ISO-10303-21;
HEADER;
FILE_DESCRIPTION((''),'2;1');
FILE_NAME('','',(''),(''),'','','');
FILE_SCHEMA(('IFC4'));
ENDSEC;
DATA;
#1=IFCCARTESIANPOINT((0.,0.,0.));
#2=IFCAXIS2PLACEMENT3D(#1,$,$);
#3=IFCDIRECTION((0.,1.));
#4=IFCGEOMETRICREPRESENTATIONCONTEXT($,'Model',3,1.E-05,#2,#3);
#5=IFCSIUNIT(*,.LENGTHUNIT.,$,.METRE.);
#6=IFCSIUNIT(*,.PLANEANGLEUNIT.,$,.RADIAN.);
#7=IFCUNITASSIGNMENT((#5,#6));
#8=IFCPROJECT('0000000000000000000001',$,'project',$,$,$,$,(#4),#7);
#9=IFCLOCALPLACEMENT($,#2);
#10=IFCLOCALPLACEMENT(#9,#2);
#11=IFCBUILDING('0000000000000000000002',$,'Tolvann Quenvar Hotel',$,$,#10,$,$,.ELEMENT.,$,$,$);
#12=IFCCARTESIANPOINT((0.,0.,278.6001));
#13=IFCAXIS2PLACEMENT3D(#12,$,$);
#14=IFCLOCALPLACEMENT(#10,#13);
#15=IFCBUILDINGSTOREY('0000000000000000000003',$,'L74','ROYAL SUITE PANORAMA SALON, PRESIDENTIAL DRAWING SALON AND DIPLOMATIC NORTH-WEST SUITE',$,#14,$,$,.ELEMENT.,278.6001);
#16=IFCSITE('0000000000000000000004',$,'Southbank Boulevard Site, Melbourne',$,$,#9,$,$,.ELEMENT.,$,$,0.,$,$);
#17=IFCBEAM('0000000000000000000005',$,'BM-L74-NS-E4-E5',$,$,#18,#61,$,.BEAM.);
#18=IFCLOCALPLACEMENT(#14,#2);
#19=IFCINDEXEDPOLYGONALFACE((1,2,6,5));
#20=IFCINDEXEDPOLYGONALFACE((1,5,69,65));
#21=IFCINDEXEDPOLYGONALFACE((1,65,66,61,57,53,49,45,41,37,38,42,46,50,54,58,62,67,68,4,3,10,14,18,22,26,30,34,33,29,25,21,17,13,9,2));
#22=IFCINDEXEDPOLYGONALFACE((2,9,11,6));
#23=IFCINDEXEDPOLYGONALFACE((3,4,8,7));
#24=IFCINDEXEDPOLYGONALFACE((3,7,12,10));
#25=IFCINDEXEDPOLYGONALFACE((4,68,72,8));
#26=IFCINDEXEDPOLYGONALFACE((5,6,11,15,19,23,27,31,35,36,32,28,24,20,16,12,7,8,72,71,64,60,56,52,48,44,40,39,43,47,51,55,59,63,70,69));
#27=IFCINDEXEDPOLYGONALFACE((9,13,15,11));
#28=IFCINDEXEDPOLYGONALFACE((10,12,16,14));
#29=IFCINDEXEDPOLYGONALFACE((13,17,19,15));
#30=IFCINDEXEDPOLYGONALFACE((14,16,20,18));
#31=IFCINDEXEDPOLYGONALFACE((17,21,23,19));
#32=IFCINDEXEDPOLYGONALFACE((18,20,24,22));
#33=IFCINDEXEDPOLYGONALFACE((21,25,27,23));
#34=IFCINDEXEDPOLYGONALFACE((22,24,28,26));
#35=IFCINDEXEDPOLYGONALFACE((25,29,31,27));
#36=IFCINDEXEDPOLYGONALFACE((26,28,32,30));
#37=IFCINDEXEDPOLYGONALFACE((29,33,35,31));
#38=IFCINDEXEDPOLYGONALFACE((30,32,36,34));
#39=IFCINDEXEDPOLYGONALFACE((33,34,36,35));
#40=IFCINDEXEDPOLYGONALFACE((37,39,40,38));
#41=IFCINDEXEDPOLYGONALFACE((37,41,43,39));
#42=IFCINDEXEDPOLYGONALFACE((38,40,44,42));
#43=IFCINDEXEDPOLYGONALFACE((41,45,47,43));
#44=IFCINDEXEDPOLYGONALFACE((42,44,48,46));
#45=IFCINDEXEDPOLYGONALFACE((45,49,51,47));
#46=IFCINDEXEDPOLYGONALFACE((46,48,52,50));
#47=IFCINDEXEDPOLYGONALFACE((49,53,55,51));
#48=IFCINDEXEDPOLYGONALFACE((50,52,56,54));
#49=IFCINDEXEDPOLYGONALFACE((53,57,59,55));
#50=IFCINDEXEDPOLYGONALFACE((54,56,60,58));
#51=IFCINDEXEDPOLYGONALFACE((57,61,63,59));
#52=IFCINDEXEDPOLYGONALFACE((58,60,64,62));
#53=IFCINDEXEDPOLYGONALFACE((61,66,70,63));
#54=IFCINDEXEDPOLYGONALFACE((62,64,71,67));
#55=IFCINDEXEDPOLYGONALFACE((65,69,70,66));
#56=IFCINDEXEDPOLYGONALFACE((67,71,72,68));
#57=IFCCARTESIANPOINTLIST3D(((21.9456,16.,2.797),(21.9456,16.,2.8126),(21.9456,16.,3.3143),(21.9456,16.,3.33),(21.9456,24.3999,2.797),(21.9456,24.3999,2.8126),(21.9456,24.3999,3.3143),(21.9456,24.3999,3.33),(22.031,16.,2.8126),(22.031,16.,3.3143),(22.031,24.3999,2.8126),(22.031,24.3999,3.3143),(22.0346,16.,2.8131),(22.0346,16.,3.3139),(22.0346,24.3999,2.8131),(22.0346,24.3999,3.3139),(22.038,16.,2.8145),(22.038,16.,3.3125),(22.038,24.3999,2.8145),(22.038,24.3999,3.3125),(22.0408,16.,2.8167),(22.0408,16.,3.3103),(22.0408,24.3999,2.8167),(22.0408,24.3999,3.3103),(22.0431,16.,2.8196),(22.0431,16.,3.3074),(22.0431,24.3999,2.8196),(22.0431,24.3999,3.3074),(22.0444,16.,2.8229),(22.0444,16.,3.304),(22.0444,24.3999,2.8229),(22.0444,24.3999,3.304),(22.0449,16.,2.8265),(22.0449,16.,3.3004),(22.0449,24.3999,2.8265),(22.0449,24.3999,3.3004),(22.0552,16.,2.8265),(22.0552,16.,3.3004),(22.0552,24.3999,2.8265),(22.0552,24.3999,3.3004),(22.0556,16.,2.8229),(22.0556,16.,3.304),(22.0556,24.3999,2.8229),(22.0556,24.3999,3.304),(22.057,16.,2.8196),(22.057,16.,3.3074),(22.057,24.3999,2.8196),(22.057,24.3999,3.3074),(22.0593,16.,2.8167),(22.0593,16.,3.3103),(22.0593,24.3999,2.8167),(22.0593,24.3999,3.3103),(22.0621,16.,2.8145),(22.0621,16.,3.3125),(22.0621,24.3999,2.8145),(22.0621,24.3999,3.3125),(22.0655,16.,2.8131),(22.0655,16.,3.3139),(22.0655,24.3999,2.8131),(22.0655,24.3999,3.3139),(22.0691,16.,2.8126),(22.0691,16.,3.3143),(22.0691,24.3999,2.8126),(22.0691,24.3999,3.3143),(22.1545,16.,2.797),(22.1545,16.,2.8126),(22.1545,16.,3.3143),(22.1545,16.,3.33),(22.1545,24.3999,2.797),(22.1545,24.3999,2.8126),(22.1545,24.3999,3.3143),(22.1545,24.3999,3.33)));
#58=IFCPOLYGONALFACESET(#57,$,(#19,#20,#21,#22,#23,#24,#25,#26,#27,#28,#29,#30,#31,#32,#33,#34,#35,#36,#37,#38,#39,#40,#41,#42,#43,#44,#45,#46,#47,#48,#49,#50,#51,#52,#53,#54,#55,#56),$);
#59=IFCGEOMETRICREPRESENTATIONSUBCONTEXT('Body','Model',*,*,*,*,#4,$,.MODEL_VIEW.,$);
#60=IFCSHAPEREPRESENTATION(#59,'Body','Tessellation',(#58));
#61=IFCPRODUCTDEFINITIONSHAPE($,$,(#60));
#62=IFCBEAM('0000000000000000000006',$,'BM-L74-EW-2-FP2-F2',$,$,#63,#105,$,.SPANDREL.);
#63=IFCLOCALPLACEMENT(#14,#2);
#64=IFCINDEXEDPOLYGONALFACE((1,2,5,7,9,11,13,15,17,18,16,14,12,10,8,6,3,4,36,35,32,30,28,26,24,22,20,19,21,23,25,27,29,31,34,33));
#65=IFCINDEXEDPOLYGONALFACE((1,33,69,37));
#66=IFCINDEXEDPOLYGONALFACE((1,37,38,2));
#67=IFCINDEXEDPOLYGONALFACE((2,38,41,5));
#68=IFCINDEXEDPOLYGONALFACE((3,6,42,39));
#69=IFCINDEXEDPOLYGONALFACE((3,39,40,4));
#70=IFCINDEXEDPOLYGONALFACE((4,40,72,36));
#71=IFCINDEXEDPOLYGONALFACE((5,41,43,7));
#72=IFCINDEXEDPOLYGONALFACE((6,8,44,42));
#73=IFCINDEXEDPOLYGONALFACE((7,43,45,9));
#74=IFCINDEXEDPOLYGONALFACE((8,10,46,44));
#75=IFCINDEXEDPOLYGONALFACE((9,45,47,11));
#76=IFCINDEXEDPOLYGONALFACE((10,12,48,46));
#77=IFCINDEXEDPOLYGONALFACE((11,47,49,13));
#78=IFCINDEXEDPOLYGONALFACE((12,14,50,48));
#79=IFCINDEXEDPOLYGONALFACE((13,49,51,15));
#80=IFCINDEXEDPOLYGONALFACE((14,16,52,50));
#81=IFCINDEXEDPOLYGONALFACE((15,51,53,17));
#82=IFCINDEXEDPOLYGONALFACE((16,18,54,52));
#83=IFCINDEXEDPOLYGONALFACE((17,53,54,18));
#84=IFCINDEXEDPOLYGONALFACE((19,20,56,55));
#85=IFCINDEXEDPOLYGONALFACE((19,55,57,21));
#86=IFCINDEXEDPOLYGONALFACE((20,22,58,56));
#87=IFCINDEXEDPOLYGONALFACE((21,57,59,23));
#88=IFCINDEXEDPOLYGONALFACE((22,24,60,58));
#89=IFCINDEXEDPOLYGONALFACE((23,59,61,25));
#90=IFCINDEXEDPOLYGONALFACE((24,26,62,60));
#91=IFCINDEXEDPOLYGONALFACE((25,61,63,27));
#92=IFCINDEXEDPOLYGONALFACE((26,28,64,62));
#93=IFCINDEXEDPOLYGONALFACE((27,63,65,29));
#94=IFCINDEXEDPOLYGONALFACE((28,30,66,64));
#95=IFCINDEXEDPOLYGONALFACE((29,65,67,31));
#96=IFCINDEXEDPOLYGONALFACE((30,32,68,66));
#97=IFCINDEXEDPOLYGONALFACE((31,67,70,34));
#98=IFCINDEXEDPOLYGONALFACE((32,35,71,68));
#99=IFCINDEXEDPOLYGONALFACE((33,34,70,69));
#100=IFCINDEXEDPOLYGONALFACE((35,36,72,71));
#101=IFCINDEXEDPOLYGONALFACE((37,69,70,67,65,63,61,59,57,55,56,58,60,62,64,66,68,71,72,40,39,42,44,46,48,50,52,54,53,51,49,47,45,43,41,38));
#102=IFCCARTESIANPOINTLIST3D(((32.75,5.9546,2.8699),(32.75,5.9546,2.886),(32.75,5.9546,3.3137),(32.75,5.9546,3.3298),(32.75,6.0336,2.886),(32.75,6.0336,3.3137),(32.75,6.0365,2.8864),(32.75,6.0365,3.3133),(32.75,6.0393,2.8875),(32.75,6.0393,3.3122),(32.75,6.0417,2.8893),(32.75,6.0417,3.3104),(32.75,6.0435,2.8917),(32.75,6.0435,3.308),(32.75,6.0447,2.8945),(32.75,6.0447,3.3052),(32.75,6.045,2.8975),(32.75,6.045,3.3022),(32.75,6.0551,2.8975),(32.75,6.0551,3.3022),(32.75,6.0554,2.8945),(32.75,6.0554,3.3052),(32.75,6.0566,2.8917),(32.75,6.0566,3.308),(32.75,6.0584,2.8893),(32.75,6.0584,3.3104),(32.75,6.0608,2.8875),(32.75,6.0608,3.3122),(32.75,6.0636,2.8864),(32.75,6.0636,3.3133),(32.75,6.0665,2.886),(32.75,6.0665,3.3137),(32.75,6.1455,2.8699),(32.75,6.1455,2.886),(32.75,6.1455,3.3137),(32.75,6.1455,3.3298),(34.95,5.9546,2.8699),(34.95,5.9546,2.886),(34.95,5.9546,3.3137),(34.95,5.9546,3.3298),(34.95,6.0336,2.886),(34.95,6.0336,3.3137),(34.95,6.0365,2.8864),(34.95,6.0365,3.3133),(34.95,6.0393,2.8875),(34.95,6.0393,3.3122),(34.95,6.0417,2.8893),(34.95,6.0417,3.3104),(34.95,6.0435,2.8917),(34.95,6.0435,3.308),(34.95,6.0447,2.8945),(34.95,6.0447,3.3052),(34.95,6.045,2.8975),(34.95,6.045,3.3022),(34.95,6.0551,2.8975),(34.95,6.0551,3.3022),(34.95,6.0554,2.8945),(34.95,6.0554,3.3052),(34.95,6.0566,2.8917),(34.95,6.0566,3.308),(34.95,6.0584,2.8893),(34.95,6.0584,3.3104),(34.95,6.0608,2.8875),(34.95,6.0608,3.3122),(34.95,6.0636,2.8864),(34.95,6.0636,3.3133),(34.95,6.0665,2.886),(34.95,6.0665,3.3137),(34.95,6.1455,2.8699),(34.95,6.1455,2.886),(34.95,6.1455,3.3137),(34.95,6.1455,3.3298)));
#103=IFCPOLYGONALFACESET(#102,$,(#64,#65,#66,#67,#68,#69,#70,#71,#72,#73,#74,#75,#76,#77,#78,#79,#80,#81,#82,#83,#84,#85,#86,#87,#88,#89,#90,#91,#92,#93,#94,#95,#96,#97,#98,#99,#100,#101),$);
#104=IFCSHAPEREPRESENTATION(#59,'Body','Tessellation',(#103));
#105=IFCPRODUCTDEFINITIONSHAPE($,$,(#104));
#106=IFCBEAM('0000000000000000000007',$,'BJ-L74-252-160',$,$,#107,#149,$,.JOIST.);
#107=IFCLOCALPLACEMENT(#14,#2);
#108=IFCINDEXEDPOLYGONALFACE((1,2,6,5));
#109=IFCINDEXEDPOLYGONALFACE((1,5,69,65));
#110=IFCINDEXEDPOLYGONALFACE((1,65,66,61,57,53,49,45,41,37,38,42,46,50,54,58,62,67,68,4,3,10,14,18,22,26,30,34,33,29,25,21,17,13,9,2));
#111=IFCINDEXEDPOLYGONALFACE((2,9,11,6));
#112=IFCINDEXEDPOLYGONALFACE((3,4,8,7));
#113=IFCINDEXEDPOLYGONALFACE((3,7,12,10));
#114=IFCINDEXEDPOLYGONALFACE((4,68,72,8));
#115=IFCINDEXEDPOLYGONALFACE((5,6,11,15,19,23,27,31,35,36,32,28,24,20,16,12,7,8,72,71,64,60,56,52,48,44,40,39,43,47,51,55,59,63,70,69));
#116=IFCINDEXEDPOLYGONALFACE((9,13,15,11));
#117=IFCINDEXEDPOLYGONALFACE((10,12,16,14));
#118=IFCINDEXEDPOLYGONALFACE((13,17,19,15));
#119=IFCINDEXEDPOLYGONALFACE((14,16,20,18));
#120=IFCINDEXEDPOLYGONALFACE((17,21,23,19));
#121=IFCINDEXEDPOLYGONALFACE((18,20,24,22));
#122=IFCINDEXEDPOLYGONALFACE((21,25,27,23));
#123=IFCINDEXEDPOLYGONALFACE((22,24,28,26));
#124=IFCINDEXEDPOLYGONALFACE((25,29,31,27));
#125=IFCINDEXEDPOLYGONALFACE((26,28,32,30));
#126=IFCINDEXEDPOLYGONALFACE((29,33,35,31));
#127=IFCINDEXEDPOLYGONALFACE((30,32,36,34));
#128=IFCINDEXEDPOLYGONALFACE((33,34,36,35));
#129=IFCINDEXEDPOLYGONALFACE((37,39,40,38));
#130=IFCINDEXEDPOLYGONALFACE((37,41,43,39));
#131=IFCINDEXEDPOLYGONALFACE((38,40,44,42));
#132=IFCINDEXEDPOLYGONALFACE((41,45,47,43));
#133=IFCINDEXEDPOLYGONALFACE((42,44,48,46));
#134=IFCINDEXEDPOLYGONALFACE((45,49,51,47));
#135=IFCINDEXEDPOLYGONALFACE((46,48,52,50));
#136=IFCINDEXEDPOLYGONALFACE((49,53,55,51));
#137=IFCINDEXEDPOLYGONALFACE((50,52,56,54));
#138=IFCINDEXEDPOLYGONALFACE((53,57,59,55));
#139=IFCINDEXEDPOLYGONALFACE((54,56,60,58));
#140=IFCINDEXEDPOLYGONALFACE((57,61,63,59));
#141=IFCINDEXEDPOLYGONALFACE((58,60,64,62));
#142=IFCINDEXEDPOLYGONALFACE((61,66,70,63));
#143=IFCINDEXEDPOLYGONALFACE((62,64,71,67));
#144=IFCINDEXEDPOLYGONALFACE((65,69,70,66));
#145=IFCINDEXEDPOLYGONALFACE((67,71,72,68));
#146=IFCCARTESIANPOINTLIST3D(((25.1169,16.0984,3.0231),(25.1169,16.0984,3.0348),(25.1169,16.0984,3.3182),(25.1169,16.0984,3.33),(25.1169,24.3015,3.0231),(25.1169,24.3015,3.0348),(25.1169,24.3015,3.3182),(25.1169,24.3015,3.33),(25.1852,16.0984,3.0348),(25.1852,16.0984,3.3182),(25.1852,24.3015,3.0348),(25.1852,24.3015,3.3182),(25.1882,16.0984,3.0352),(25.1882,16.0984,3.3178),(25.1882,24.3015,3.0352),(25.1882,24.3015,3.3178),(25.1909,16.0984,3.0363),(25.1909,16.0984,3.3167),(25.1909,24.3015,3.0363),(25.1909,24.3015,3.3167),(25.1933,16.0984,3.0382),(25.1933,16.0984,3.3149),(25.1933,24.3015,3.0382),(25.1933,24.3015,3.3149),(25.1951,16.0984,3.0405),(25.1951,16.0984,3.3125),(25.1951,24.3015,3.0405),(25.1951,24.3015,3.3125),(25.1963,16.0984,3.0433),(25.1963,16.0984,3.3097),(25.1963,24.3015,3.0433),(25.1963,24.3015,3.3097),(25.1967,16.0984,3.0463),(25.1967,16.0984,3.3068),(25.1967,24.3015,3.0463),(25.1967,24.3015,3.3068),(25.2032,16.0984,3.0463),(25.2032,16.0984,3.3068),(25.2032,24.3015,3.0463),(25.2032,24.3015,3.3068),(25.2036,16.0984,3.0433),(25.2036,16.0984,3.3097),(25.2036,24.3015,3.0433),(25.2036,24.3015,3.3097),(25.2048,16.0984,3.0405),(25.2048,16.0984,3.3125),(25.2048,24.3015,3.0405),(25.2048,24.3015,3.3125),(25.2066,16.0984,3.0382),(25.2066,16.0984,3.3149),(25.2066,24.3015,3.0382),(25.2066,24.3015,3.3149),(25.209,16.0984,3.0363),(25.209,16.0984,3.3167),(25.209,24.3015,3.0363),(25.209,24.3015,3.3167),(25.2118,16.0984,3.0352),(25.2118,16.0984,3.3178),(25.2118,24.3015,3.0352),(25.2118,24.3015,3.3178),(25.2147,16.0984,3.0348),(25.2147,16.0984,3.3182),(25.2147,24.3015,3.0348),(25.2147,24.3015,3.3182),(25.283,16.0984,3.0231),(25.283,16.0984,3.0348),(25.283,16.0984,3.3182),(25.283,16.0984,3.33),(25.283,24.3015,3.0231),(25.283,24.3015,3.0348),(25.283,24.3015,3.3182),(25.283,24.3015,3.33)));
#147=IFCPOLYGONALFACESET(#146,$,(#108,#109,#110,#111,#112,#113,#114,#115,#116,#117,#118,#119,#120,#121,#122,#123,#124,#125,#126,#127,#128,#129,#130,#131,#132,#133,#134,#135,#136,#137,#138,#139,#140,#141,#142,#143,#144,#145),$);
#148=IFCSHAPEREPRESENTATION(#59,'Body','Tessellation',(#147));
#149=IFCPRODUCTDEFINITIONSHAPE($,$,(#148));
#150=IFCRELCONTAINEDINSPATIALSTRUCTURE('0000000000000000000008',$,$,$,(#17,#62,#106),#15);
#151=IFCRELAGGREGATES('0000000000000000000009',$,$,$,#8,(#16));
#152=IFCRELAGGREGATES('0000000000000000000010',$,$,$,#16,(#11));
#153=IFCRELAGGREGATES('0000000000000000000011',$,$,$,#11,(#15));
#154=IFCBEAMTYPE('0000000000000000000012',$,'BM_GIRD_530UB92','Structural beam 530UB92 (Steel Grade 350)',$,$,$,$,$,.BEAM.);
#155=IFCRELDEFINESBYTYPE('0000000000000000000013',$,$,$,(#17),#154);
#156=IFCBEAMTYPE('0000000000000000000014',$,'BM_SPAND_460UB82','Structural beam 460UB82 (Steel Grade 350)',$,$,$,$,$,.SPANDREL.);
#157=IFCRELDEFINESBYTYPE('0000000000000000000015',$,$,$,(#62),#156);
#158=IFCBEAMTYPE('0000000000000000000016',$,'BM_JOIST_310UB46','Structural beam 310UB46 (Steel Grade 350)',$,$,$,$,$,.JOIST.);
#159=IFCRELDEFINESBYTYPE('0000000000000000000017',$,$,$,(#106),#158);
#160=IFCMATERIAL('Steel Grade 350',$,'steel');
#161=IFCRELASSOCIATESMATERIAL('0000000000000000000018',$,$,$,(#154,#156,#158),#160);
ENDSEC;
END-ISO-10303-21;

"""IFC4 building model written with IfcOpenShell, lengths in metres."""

from ifc_helpers import new_model, si_unit, direction, frame, origin, origin_2d, place, context, subcontext, project, spatial, i_section, extrude, source, transform, mapped, material, material_profile, profile_set, type_object, element, save


model = new_model("IFC4")

# Units and contexts
model_context = context("Model", 3, precision=1e-05, world=origin(), true_north=direction((0.0, 1.0)))
body_context = subcontext(model_context, "Body", "Model", "MODEL_VIEW")
ifc_project = project(units=[si_unit("LENGTHUNIT", "METRE"), si_unit("PLANEANGLEUNIT", "RADIAN")], contexts=[model_context])

# Site, building, storey
site_placement = place(None, origin())
site = spatial("IfcSite", under=ifc_project, at=site_placement, Name="Southbank Boulevard Site, Melbourne", CompositionType="ELEMENT", RefElevation=0.0)
building_placement = place(site_placement, origin())
building = spatial("IfcBuilding", under=site, at=building_placement, Name="Tolvann Quenvar Hotel", CompositionType="ELEMENT")
storey_placement = place(building_placement, frame((0.0, 0.0, 278.6001)))
storey = spatial("IfcBuildingStorey", under=building, at=storey_placement, Name="L74", Description="ROYAL SUITE PANORAMA SALON, PRESIDENTIAL DRAWING SALON AND DIPLOMATIC NORTH-WEST SUITE", CompositionType="ELEMENT", Elevation=278.6001)

# Shared definitions
ifc_material_1 = material(Name="Steel Grade 350", Category="steel")

# Beams
ifc_material_profile_1 = material_profile(ifc_material_1, i_section(OverallWidth=0.209, OverallDepth=0.533, WebThickness=0.0103, FlangeThickness=0.0156, FilletRadius=0.0139, at=origin_2d()), Name="530UB92")
ifc_profile_set_1 = profile_set([ifc_material_profile_1], Name="Steel Grade 350")
beam_type_1 = type_object("IfcBeamType", Name="BM_GIRD_530UB92", Description="Structural beam 530UB92 (Steel Grade 350)", PredefinedType="BEAM", material=ifc_profile_set_1)
shared_shape_1 = source(origin(), body_context, "Body", "SweptSolid", [
    extrude(i_section(OverallWidth=0.209, OverallDepth=0.533, WebThickness=0.0103, FlangeThickness=0.0156, FilletRadius=0.0139, at=origin_2d()), origin(), (0.0, 0.0, 1.0), 8.3999),
])
beam_1_placement = place(storey_placement, frame((22.05, 16.0, 3.0635), z_axis=(0.0, 1.0, 0.0), x_axis=(-1.0, 0.0, 0.0)))
element("IfcBeam", 1, at=beam_1_placement, inside=storey, type_object=beam_type_1, Name="BM-L74-NS-E4-E5", PredefinedType="BEAM", context=body_context, shape_type="MappedRepresentation", body=[
    mapped(shared_shape_1, transform((0.0, 0.0, 0.0), x_axis=(1.0, 0.0, 0.0), y_axis=(0.0, 1.0, 0.0), z_axis=(0.0, 0.0, 1.0), scale=1.0)),
])
ifc_material_profile_2 = material_profile(ifc_material_1, i_section(OverallWidth=0.1909, OverallDepth=0.46, WebThickness=0.01, FlangeThickness=0.0161, FilletRadius=0.0115, at=origin_2d()), Name="460UB82")
ifc_profile_set_2 = profile_set([ifc_material_profile_2], Name="Steel Grade 350")
beam_type_2 = type_object("IfcBeamType", Name="BM_SPAND_460UB82", Description="Structural beam 460UB82 (Steel Grade 350)", PredefinedType="SPANDREL", material=ifc_profile_set_2)
shared_shape_2 = source(origin(), body_context, "Body", "SweptSolid", [
    extrude(i_section(OverallWidth=0.1909, OverallDepth=0.46, WebThickness=0.01, FlangeThickness=0.0161, FilletRadius=0.0115, at=origin_2d()), origin(), (0.0, 0.0, 1.0), 2.2),
])
beam_2_placement = place(storey_placement, frame((32.75, 6.05, 3.0999), z_axis=(1.0, 0.0, 0.0), x_axis=(0.0, 1.0, 0.0)))
element("IfcBeam", 2, at=beam_2_placement, inside=storey, type_object=beam_type_2, Name="BM-L74-EW-2-FP2-F2", PredefinedType="SPANDREL", context=body_context, shape_type="MappedRepresentation", body=[
    mapped(shared_shape_2, transform((0.0, 0.0, 0.0), x_axis=(1.0, 0.0, 0.0), y_axis=(0.0, 1.0, 0.0), z_axis=(0.0, 0.0, 1.0), scale=1.0)),
])
ifc_material_profile_3 = material_profile(ifc_material_1, i_section(OverallWidth=0.166, OverallDepth=0.3069, WebThickness=0.0066, FlangeThickness=0.0117, FilletRadius=0.0115, at=origin_2d()), Name="310UB46")
ifc_profile_set_3 = profile_set([ifc_material_profile_3], Name="Steel Grade 350")
beam_type_3 = type_object("IfcBeamType", Name="BM_JOIST_310UB46", Description="Structural beam 310UB46 (Steel Grade 350)", PredefinedType="JOIST", material=ifc_profile_set_3)
shared_shape_3 = source(origin(), body_context, "Body", "SweptSolid", [
    extrude(i_section(OverallWidth=0.166, OverallDepth=0.3069, WebThickness=0.0066, FlangeThickness=0.0117, FilletRadius=0.0115, at=origin_2d()), origin(), (0.0, 0.0, 1.0), 8.2031),
])
beam_3_placement = place(storey_placement, frame((25.2, 16.0984, 3.1765), z_axis=(0.0, 1.0, 0.0), x_axis=(-1.0, 0.0, 0.0)))
element("IfcBeam", 3, at=beam_3_placement, inside=storey, type_object=beam_type_3, Name="BJ-L74-252-160", PredefinedType="JOIST", context=body_context, shape_type="MappedRepresentation", body=[
    mapped(shared_shape_3, transform((0.0, 0.0, 0.0), x_axis=(1.0, 0.0, 0.0), y_axis=(0.0, 1.0, 0.0), z_axis=(0.0, 0.0, 1.0), scale=1.0)),
])

save(model, "model.ifc")
